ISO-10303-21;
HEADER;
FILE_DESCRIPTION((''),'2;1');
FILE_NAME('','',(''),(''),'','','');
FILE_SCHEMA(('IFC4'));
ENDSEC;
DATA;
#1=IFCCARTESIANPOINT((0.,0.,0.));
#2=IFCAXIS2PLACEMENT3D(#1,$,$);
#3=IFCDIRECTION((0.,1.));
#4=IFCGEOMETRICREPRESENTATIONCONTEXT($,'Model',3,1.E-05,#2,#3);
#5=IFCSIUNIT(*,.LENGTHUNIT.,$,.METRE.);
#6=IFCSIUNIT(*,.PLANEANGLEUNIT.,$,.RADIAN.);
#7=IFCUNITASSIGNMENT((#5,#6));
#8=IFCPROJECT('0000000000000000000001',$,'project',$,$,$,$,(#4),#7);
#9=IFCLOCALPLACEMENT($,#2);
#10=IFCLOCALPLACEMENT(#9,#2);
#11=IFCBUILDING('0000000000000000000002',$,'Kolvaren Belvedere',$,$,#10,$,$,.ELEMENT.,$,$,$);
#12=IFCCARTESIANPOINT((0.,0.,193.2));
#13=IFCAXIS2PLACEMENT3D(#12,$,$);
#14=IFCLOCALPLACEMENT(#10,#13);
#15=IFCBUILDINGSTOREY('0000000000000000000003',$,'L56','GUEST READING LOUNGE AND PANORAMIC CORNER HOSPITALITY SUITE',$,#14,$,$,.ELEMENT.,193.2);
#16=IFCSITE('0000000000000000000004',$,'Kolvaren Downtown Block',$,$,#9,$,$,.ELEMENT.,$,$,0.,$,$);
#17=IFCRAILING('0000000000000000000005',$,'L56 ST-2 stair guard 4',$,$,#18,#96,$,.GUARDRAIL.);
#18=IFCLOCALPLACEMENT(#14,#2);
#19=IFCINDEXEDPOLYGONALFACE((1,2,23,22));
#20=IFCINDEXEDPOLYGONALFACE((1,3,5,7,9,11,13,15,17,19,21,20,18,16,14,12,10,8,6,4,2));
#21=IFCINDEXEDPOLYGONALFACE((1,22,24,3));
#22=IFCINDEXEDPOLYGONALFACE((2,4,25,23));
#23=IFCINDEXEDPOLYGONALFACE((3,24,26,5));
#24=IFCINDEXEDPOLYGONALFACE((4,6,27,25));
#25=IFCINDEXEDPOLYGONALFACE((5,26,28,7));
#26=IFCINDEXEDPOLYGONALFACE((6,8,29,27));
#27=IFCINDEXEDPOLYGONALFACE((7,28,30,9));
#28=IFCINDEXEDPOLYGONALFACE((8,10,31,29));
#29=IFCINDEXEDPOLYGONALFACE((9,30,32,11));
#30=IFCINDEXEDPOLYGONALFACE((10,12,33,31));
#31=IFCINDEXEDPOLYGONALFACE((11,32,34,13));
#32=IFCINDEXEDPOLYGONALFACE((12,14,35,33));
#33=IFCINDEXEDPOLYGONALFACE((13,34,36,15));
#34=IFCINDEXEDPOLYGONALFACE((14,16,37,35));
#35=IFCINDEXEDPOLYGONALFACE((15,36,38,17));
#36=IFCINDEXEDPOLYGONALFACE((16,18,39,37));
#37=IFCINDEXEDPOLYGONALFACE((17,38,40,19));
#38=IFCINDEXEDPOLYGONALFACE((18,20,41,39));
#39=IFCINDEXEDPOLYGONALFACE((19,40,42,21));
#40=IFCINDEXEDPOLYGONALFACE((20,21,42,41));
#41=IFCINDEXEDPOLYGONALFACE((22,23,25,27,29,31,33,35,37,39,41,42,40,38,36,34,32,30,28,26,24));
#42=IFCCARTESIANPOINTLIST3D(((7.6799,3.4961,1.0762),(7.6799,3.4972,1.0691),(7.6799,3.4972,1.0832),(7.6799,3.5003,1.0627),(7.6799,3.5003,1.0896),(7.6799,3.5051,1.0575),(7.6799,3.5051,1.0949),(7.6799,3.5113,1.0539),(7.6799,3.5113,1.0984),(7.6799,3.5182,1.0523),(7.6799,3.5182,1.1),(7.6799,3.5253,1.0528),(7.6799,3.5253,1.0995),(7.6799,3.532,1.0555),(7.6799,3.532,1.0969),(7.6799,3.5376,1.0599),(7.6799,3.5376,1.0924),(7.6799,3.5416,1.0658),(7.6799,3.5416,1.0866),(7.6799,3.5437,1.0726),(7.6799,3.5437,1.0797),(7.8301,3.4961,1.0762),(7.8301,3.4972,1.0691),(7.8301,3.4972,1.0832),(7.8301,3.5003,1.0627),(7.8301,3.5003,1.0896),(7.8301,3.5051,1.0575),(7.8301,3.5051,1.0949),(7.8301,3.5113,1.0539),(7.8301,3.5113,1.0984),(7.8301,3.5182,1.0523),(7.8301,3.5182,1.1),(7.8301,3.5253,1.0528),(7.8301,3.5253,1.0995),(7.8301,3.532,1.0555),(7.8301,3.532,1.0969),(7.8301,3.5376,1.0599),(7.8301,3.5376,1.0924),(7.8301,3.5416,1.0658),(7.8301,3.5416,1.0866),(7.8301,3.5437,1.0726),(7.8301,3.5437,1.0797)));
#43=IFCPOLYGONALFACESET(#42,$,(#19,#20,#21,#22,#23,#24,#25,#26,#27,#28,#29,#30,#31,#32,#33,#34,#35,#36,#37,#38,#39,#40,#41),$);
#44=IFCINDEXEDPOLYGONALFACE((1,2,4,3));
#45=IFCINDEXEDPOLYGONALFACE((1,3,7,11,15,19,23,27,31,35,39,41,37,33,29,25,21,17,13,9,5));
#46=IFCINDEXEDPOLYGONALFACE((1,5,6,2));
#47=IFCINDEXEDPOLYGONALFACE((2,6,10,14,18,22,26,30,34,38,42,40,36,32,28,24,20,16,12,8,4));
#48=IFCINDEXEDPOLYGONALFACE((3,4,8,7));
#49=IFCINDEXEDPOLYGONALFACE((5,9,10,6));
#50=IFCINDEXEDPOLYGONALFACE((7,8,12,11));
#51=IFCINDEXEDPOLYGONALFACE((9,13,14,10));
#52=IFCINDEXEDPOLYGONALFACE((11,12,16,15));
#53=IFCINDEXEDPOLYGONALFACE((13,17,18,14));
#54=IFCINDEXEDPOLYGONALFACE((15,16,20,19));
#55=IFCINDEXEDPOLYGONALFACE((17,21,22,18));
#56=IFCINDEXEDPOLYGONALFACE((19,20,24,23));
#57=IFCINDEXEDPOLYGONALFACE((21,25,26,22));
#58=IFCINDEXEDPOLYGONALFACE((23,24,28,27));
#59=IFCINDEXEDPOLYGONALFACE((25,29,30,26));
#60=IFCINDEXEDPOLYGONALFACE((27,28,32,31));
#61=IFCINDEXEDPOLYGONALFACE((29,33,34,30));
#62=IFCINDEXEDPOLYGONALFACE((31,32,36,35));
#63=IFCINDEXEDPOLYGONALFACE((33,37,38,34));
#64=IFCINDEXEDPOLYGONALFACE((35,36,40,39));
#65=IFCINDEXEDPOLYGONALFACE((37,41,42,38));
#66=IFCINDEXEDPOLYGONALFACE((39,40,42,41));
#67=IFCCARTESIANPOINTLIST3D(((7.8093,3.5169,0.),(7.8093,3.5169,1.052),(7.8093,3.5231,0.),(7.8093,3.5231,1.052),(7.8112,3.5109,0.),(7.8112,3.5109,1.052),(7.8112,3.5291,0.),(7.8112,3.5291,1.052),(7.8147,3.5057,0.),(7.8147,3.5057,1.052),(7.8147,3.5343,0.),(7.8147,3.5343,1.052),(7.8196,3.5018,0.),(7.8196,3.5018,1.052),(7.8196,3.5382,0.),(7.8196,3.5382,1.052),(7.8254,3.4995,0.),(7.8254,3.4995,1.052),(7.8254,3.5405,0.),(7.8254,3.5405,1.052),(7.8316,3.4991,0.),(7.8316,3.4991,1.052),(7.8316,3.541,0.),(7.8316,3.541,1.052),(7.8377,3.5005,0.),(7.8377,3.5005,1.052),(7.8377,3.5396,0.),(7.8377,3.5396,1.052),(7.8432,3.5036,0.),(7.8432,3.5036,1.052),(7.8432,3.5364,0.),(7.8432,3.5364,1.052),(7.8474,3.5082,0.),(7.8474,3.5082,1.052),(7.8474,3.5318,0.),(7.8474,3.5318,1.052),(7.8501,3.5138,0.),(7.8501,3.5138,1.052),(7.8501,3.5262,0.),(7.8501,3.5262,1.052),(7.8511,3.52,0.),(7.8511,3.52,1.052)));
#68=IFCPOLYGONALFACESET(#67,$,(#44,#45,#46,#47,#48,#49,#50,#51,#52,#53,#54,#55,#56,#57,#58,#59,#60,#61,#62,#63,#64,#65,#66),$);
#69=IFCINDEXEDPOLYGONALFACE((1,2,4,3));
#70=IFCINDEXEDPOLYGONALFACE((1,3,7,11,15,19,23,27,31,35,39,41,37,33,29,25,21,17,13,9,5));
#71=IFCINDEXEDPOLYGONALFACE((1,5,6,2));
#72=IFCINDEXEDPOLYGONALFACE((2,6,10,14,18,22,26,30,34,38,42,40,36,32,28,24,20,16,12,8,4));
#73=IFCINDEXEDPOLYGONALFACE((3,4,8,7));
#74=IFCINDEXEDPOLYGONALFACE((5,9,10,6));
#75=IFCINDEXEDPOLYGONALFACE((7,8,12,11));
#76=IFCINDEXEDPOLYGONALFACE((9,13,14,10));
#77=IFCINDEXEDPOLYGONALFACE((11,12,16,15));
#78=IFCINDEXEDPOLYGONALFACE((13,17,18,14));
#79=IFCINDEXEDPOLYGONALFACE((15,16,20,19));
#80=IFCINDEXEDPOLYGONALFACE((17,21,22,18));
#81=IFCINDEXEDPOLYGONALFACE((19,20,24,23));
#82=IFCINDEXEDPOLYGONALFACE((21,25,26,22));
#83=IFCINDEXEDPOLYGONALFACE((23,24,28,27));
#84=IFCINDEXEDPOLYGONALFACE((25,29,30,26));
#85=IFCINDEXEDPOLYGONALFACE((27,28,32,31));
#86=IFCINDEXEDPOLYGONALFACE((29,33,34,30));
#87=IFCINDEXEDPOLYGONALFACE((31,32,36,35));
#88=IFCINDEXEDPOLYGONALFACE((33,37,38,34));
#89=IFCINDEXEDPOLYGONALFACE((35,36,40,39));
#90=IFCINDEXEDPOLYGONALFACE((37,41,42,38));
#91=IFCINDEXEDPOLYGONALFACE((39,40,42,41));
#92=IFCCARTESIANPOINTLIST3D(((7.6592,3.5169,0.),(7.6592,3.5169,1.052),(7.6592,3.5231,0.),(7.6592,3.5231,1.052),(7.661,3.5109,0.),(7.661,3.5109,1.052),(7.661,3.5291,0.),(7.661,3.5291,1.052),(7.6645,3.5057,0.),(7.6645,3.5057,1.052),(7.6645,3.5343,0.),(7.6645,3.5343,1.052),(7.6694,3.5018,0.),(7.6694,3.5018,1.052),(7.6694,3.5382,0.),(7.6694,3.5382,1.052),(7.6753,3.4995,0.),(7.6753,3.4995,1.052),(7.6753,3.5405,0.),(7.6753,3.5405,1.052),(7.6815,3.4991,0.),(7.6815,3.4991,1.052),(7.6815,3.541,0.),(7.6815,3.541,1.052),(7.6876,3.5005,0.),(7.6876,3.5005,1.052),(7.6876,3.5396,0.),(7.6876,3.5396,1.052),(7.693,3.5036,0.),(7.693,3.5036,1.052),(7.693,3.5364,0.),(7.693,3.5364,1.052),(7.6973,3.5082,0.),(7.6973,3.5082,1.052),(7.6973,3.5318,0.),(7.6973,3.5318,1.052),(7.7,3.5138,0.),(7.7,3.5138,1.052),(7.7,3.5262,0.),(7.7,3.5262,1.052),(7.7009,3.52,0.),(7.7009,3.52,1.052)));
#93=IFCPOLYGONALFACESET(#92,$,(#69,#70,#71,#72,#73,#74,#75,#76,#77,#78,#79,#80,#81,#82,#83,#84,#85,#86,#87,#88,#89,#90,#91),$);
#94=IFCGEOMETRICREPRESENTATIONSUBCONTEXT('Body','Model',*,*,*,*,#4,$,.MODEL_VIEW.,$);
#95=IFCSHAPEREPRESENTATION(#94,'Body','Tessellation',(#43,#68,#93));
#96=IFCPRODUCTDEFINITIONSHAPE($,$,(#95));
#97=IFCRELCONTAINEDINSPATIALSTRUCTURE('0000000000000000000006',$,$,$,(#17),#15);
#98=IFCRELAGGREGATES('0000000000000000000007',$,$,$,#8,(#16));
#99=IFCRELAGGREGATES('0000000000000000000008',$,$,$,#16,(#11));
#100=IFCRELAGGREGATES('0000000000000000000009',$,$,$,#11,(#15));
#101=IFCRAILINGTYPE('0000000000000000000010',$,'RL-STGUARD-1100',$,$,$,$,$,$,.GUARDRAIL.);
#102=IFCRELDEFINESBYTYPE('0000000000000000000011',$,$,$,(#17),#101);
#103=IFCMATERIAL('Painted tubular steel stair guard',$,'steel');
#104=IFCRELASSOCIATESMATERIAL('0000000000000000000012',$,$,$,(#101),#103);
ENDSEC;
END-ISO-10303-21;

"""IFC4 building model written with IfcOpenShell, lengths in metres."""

from ifc_helpers import new_model, si_unit, direction, frame, origin, origin_2d, place, context, subcontext, project, spatial, circle, extrude, material, type_object, element, save


model = new_model("IFC4")

# Units and contexts
model_context = context("Model", 3, precision=1e-05, world=origin(), true_north=direction((0.0, 1.0)))
body_context = subcontext(model_context, "Body", "Model", "MODEL_VIEW")
ifc_project = project(units=[si_unit("LENGTHUNIT", "METRE"), si_unit("PLANEANGLEUNIT", "RADIAN")], contexts=[model_context])

# Site, building, storey
site_placement = place(None, origin())
site = spatial("IfcSite", under=ifc_project, at=site_placement, Name="Kolvaren Downtown Block", CompositionType="ELEMENT", RefElevation=0.0)
building_placement = place(site_placement, origin())
building = spatial("IfcBuilding", under=site, at=building_placement, Name="Kolvaren Belvedere", CompositionType="ELEMENT")
storey_placement = place(building_placement, frame((0.0, 0.0, 193.2)))
storey = spatial("IfcBuildingStorey", under=building, at=storey_placement, Name="L56", Description="GUEST READING LOUNGE AND PANORAMIC CORNER HOSPITALITY SUITE", CompositionType="ELEMENT", Elevation=193.2)

# Railing
ifc_material_1 = material(Name="Painted tubular steel stair guard", Category="steel")
railing_type_1 = type_object("IfcRailingType", Name="RL-STGUARD-1100", PredefinedType="GUARDRAIL", material=ifc_material_1)
railing_1_placement = place(storey_placement, frame((7.8301, 3.52, 0.0)))
element("IfcRailing", 1, at=railing_1_placement, inside=storey, type_object=railing_type_1, Name="L56 ST-2 stair guard 4", PredefinedType="GUARDRAIL", context=body_context, shape_type="SweptSolid", body=[
    extrude(circle(Radius=0.0239, at=origin_2d()), frame((0.0, 0.0, 1.0762), z_axis=(-1.0, 0.0, 0.0), x_axis=(0.0, -1.0, 0.0)), (0.0, 0.0, 1.0), 0.1501),
    extrude(circle(Radius=0.021, at=origin_2d()), origin(), (0.0, 0.0, 1.0), 1.052),
    extrude(circle(Radius=0.021, at=origin_2d()), frame((-0.1501, 0.0, 0.0)), (0.0, 0.0, 1.0), 1.052),
])

save(model, "model.ifc")
